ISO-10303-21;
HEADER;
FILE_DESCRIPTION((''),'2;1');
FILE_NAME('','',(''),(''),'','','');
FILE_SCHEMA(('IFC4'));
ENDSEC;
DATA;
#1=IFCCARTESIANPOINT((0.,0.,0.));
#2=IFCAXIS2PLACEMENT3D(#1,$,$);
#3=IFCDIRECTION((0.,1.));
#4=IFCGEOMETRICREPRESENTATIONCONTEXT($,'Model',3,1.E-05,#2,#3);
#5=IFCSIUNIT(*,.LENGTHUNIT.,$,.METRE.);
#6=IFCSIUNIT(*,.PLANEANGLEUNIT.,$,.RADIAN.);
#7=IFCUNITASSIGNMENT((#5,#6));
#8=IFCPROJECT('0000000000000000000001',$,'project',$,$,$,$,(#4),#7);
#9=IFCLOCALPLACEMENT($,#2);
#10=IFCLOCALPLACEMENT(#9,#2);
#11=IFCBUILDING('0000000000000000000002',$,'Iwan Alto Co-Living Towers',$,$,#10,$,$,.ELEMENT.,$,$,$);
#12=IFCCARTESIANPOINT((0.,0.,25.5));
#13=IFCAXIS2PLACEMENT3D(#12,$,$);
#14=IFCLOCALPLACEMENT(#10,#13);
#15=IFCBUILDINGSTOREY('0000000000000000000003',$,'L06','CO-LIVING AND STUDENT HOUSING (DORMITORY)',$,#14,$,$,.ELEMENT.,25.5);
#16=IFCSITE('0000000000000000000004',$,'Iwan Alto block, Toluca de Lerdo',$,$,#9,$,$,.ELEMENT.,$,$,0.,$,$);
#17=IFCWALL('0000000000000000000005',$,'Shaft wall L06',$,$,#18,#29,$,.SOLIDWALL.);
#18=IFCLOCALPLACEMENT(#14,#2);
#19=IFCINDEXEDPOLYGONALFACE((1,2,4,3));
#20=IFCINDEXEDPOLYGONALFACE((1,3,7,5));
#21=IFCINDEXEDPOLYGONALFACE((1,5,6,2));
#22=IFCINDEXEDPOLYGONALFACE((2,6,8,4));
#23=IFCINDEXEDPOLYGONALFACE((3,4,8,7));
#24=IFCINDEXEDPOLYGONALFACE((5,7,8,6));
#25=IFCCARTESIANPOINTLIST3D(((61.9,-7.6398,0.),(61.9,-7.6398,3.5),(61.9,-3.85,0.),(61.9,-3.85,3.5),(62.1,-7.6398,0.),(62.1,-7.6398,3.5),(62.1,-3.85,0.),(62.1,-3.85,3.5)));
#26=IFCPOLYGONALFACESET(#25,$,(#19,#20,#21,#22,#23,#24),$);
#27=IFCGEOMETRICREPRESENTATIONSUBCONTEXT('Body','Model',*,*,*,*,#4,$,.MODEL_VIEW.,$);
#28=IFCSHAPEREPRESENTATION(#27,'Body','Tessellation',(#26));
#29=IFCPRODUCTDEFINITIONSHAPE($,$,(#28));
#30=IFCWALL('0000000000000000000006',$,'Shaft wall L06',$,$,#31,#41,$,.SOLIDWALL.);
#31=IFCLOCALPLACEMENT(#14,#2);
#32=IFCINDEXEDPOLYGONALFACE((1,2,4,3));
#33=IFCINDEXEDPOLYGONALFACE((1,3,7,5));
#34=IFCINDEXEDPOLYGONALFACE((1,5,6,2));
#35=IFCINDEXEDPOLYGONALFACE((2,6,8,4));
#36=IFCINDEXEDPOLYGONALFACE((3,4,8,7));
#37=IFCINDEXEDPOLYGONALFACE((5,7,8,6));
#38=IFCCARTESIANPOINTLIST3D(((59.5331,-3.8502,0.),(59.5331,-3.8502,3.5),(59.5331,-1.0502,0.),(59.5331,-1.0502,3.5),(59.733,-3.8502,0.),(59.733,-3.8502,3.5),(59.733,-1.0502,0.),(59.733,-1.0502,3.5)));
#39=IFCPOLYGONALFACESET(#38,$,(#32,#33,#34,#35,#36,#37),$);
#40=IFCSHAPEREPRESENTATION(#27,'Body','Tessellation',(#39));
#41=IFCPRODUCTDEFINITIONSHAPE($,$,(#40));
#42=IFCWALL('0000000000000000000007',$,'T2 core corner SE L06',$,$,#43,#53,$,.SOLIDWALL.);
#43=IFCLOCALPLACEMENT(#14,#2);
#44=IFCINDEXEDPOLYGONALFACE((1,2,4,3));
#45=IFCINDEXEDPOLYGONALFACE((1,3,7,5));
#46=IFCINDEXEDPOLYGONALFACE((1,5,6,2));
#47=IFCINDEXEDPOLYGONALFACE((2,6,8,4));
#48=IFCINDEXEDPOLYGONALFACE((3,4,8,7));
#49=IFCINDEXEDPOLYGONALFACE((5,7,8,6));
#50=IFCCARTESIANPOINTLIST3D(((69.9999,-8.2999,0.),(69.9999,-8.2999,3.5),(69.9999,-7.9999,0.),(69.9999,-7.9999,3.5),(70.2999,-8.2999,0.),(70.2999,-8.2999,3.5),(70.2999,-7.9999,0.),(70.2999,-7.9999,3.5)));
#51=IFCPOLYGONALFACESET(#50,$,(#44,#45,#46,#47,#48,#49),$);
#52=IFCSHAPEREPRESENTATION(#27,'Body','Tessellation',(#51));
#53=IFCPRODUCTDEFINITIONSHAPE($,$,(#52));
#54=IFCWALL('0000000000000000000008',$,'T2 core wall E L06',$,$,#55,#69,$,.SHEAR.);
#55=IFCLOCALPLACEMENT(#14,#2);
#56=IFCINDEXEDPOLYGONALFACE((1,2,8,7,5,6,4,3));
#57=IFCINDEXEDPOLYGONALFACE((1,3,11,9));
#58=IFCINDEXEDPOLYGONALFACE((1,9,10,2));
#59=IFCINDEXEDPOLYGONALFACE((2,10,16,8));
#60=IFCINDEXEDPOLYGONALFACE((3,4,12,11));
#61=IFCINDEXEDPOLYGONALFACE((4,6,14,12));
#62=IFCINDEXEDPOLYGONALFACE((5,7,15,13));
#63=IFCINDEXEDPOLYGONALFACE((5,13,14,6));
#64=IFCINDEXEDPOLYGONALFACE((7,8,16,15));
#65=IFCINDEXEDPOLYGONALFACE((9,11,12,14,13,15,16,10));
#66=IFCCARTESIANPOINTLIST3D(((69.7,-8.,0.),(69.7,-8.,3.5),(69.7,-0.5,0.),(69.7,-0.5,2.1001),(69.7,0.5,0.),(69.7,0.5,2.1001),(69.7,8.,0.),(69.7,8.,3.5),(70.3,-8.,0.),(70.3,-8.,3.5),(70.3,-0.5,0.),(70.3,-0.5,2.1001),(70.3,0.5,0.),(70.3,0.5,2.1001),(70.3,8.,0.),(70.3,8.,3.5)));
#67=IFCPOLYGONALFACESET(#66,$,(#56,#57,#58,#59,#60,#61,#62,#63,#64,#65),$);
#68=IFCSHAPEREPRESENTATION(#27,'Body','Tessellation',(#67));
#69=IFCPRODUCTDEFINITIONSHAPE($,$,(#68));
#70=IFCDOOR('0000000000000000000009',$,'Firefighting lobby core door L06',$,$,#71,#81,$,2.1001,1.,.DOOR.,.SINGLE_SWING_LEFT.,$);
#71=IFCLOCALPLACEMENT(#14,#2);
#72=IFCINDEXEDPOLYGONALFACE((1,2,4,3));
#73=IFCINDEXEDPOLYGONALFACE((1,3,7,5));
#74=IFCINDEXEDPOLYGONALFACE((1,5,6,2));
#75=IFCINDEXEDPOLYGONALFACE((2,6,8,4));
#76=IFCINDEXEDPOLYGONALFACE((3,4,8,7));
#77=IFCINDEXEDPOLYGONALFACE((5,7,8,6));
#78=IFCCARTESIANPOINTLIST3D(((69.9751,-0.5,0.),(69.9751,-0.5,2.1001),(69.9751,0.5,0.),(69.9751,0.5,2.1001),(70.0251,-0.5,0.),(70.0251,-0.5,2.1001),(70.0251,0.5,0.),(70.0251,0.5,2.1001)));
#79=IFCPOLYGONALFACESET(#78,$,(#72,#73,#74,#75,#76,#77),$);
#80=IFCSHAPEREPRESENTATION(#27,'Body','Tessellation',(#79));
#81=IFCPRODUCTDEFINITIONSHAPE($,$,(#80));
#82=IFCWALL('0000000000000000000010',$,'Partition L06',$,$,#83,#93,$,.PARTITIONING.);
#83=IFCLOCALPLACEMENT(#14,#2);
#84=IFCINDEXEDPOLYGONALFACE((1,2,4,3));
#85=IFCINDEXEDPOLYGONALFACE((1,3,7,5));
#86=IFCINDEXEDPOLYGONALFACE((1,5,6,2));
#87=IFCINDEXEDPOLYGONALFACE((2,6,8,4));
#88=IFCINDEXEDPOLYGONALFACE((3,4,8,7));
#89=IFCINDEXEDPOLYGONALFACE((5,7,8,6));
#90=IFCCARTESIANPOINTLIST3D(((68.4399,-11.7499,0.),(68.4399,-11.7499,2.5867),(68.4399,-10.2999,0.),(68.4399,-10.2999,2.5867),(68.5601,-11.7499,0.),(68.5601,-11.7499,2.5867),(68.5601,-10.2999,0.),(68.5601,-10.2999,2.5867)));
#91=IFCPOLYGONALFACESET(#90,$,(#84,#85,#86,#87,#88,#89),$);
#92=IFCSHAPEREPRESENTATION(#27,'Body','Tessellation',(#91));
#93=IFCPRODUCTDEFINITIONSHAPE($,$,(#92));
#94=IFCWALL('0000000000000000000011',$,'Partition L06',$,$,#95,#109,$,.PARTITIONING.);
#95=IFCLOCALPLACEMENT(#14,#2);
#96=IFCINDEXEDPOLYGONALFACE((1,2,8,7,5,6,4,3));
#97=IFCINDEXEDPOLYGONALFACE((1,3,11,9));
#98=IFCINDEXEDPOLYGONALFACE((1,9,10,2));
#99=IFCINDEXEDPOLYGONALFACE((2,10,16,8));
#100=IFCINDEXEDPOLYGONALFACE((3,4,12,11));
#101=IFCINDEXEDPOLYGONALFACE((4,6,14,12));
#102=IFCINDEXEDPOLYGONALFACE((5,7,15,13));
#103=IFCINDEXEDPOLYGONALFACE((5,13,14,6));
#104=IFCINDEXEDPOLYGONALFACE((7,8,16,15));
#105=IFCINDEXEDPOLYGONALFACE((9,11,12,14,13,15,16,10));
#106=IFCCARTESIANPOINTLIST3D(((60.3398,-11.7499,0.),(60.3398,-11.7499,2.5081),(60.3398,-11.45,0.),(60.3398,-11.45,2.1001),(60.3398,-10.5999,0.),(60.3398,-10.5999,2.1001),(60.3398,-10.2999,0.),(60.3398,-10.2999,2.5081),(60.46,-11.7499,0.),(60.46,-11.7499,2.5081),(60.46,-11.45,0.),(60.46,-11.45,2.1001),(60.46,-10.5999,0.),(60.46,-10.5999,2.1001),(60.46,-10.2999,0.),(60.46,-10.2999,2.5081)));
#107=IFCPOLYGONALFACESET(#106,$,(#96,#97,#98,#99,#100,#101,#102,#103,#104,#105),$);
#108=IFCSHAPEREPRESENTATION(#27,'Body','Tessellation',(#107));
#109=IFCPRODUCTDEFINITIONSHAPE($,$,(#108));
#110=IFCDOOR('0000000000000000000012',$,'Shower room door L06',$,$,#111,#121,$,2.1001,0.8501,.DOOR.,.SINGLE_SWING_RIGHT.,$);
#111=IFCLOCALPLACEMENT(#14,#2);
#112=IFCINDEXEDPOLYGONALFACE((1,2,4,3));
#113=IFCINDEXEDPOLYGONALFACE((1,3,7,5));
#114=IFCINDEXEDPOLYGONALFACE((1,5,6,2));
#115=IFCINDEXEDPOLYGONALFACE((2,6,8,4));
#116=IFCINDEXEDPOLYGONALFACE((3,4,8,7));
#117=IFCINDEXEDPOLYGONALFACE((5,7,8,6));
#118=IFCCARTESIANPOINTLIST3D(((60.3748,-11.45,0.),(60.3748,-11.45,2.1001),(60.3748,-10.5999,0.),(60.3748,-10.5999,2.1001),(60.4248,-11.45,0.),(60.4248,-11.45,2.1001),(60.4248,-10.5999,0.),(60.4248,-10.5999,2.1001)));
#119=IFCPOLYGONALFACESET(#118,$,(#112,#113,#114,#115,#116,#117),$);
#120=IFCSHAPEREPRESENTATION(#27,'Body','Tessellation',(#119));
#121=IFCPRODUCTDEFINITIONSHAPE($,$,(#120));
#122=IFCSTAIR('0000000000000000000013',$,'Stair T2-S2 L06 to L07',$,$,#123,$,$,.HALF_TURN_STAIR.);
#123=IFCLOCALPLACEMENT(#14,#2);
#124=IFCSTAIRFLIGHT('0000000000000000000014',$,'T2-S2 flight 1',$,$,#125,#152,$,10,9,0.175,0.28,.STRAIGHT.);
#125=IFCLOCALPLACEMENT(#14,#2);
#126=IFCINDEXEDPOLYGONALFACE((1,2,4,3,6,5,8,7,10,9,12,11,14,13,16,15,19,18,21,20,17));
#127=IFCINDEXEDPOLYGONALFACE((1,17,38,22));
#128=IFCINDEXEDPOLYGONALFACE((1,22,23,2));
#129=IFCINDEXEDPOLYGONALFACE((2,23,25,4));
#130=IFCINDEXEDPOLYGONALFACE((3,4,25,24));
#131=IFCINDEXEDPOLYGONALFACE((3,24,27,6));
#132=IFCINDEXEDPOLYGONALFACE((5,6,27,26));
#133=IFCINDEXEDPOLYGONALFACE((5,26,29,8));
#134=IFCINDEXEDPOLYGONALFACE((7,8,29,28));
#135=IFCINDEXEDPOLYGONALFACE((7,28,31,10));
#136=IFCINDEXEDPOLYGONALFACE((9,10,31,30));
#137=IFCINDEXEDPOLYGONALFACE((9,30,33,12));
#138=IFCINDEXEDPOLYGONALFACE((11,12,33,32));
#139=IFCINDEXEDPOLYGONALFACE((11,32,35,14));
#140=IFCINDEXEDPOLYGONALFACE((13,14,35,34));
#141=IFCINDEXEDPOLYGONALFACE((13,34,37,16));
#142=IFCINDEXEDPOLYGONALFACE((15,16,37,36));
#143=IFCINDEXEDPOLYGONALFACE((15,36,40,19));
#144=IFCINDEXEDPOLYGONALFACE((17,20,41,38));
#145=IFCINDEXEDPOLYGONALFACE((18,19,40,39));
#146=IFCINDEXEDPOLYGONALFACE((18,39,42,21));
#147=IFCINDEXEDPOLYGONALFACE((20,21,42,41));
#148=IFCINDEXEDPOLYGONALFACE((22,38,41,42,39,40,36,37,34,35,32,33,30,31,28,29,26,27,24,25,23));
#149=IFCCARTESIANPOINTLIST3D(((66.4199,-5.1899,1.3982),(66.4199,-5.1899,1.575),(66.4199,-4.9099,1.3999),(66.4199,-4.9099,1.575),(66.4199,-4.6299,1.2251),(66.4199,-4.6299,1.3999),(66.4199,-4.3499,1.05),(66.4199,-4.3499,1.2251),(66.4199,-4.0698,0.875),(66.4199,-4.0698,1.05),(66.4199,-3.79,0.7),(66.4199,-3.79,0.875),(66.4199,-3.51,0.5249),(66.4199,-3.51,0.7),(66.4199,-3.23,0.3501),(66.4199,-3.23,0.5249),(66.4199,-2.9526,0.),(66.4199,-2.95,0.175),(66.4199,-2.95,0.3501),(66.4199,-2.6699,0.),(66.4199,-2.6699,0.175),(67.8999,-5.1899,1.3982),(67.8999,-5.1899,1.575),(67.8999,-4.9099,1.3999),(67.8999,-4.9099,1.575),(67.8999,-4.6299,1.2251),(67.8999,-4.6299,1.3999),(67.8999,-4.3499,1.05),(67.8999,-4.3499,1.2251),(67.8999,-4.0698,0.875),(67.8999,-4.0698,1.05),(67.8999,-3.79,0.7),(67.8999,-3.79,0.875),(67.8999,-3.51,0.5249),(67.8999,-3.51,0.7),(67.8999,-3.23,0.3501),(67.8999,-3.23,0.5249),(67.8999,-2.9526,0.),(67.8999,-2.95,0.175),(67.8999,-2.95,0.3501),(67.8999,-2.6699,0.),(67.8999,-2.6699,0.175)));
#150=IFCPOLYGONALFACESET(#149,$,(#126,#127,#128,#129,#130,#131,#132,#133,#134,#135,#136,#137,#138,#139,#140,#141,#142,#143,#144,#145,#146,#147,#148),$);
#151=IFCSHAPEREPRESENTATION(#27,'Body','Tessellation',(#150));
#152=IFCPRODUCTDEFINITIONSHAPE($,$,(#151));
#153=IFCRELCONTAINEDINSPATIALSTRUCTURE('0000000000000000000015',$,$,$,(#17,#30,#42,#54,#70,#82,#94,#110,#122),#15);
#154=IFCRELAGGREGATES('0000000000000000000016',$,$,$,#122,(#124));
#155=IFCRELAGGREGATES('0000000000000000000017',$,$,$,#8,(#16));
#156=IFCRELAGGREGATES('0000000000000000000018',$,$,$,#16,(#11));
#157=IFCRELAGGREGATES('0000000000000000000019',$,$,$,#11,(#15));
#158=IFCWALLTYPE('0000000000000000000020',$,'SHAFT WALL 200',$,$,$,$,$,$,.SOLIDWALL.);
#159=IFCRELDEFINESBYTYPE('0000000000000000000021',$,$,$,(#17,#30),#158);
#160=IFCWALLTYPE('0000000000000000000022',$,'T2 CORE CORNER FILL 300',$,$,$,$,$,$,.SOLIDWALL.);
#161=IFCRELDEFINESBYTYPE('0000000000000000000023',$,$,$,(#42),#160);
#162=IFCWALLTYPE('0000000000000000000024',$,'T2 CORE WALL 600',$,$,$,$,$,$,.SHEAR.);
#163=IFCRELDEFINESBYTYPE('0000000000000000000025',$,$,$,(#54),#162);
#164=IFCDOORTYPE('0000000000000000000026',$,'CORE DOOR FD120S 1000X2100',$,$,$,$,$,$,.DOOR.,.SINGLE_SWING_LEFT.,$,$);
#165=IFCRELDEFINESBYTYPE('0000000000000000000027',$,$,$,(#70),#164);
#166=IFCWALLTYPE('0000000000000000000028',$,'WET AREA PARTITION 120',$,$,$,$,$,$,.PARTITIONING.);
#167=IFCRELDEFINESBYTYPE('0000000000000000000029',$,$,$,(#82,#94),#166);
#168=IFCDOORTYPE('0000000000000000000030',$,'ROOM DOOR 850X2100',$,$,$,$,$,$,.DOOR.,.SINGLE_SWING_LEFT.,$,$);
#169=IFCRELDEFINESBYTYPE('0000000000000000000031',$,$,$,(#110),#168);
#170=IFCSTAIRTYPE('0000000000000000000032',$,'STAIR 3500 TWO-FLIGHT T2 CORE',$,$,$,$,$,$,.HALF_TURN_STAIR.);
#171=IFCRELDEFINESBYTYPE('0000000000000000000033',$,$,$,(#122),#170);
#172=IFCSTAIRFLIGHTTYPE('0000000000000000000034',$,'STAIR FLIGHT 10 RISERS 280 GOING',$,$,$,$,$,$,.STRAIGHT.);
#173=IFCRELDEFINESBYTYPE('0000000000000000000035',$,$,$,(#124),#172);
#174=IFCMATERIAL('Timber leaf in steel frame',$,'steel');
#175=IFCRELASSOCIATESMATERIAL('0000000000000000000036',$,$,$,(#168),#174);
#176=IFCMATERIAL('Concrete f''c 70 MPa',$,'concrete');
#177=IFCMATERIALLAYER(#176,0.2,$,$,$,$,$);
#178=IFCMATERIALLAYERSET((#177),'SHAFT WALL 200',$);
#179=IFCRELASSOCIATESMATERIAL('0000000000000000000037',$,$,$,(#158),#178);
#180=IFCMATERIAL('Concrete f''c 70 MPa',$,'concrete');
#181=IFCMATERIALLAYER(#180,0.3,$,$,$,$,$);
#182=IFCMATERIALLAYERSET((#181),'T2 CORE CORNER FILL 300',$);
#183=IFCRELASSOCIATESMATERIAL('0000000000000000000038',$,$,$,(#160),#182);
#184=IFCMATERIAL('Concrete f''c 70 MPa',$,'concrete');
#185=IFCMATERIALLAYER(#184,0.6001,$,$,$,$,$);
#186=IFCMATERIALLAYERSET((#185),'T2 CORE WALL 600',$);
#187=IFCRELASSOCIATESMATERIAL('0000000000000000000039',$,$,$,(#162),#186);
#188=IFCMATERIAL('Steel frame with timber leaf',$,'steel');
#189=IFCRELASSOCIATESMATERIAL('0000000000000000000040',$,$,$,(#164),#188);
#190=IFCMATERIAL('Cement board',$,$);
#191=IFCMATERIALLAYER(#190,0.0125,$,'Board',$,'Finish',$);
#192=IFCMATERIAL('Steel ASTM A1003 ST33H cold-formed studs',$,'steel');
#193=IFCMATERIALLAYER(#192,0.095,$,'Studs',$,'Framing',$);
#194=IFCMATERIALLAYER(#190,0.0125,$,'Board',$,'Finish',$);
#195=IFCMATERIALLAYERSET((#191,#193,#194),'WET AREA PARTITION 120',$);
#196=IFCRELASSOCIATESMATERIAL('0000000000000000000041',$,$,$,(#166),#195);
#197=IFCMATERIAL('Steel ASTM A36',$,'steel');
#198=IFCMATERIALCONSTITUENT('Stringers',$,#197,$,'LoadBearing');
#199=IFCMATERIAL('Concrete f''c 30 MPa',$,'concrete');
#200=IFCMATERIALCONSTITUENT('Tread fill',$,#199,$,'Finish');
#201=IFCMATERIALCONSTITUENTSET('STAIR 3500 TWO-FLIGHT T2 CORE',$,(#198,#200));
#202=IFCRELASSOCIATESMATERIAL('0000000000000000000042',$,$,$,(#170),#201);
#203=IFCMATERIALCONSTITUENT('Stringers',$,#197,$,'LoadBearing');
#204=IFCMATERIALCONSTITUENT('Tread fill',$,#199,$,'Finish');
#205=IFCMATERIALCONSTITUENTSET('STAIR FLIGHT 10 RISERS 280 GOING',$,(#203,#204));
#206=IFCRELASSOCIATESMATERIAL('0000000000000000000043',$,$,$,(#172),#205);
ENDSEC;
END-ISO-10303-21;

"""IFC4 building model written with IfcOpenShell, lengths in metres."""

from ifc_helpers import new_model, si_unit, direction, frame, frame_2d, origin, place, context, subcontext, project, spatial, polyline, rectangle, outline, extrude, material, layer, layer_set, constituent, constituent_set, type_object, element, fill, aggregate, save


model = new_model("IFC4")

# Units and contexts
model_context = context("Model", 3, precision=1e-05, world=origin(), true_north=direction((0.0, 1.0)))
body_context = subcontext(model_context, "Body", "Model", "MODEL_VIEW")
ifc_project = project(units=[si_unit("LENGTHUNIT", "METRE"), si_unit("PLANEANGLEUNIT", "RADIAN")], contexts=[model_context])

# Site, building, storey
site_placement = place(None, origin())
site = spatial("IfcSite", under=ifc_project, at=site_placement, Name="Iwan Alto block, Toluca de Lerdo", CompositionType="ELEMENT", RefElevation=0.0)
building_placement = place(site_placement, origin())
building = spatial("IfcBuilding", under=site, at=building_placement, Name="Iwan Alto Co-Living Towers", CompositionType="ELEMENT")
storey_placement = place(building_placement, frame((0.0, 0.0, 25.5)))
storey = spatial("IfcBuildingStorey", under=building, at=storey_placement, Name="L06", Description="CO-LIVING AND STUDENT HOUSING (DORMITORY)", CompositionType="ELEMENT", Elevation=25.5)

# Shared definitions
ifc_material_1 = material(Name="Steel ASTM A1003 ST33H cold-formed studs", Category="steel")

# Shared definitions
ifc_material_2 = material(Name="Timber leaf in steel frame", Category="steel")
door_type_1 = type_object("IfcDoorType", Name="ROOM DOOR 850X2100", OperationType="SINGLE_SWING_LEFT", PredefinedType="DOOR", material=ifc_material_2)

# Shared definitions
ifc_material_3 = material(Name="Concrete f'c 70 MPa", Category="concrete")
ifc_layer_1 = layer(ifc_material_3, 0.2)
ifc_layer_set_1 = layer_set([ifc_layer_1], Name="SHAFT WALL 200")
wall_type_1 = type_object("IfcWallType", Name="SHAFT WALL 200", PredefinedType="SOLIDWALL", material=ifc_layer_set_1)

# Walls
wall_1_placement = place(storey_placement, frame((62.0, -7.6399, 0.0), z_axis=(0.0, 0.0, 1.0), x_axis=(0.0, 1.0, 0.0)))
element("IfcWall", 1, at=wall_1_placement, inside=storey, type_object=wall_type_1, Name="Shaft wall L06", PredefinedType="SOLIDWALL", context=body_context, shape_type="SweptSolid", body=[
    extrude(rectangle(XDim=3.7898, YDim=0.2, at=frame_2d((1.895, 0.0))), origin(), (0.0, 0.0, 1.0), 3.5),
])
wall_2_placement = place(storey_placement, frame((59.6331, -3.8501, 0.0), z_axis=(0.0, 0.0, 1.0), x_axis=(0.0, 1.0, 0.0)))
element("IfcWall", 2, at=wall_2_placement, inside=storey, type_object=wall_type_1, Name="Shaft wall L06", PredefinedType="SOLIDWALL", context=body_context, shape_type="SweptSolid", body=[
    extrude(rectangle(XDim=2.8, YDim=0.2, at=frame_2d((1.3999, 0.0))), origin(), (0.0, 0.0, 1.0), 3.5),
])
ifc_material_4 = material(Name="Concrete f'c 70 MPa", Category="concrete")
ifc_layer_2 = layer(ifc_material_4, 0.3)
ifc_layer_set_2 = layer_set([ifc_layer_2], Name="T2 CORE CORNER FILL 300")
wall_type_2 = type_object("IfcWallType", Name="T2 CORE CORNER FILL 300", PredefinedType="SOLIDWALL", material=ifc_layer_set_2)
wall_3_placement = place(storey_placement, frame((70.0, -8.1499, 0.0), z_axis=(0.0, 0.0, 1.0), x_axis=(1.0, 0.0, 0.0)))
element("IfcWall", 3, at=wall_3_placement, inside=storey, type_object=wall_type_2, Name="T2 core corner SE L06", PredefinedType="SOLIDWALL", context=body_context, shape_type="SweptSolid", body=[
    extrude(rectangle(XDim=0.3, YDim=0.3, at=frame_2d((0.1499, 0.0))), origin(), (0.0, 0.0, 1.0), 3.5),
])

# Wall, opening, door
ifc_material_5 = material(Name="Concrete f'c 70 MPa", Category="concrete")
ifc_layer_3 = layer(ifc_material_5, 0.6001)
ifc_layer_set_3 = layer_set([ifc_layer_3], Name="T2 CORE WALL 600")
wall_type_3 = type_object("IfcWallType", Name="T2 CORE WALL 600", PredefinedType="SHEAR", material=ifc_layer_set_3)
wall_4_placement = place(storey_placement, frame((70.0, -8.0, 0.0), z_axis=(0.0, 0.0, 1.0), x_axis=(0.0, 1.0, 0.0)))
wall_4 = element("IfcWall", 4, at=wall_4_placement, inside=storey, type_object=wall_type_3, Name="T2 core wall E L06", PredefinedType="SHEAR", context=body_context, shape_type="SweptSolid", body=[
    extrude(rectangle(XDim=16.0, YDim=0.6001, at=frame_2d((8.0, 0.0))), origin(), (0.0, 0.0, 1.0), 3.5),
])
opening_1_placement = place(wall_4_placement, frame((7.5, 0.0, 0.0)))
opening_1 = element("IfcOpeningElement", 5, at=opening_1_placement, cuts=wall_4, PredefinedType="OPENING", context=body_context, shape_type="SweptSolid", body=[
    extrude(rectangle(XDim=1.0, YDim=2.1001, at=frame_2d((0.5, 1.05))), frame((0.0, 0.3101, 0.0), z_axis=(0.0, -1.0, 0.0), x_axis=(1.0, 0.0, 0.0)), (0.0, 0.0, 1.0), 0.6201),
])
ifc_material_6 = material(Name="Steel frame with timber leaf", Category="steel")
door_type_2 = type_object("IfcDoorType", Name="CORE DOOR FD120S 1000X2100", OperationType="SINGLE_SWING_LEFT", PredefinedType="DOOR", material=ifc_material_6)
door_1_placement = place(opening_1_placement, origin())
door_1 = element("IfcDoor", 6, at=door_1_placement, inside=storey, type_object=door_type_2, Name="Firefighting lobby core door L06", OperationType="SINGLE_SWING_LEFT", OverallHeight=2.1001, OverallWidth=1.0, PredefinedType="DOOR", context=body_context, shape_type="SweptSolid", body=[
    extrude(rectangle(XDim=1.0, YDim=2.1001, at=frame_2d((0.5, 1.05))), frame((0.0, 0.0249, 0.0), z_axis=(0.0, -1.0, 0.0), x_axis=(1.0, 0.0, 0.0)), (0.0, 0.0, 1.0), 0.05),
])
fill(opening_1, door_1)

# Wall
ifc_material_7 = material(Name="Cement board")
ifc_layer_4 = layer(ifc_material_7, 0.0125, Name="Board", Category="Finish")
ifc_layer_5 = layer(ifc_material_1, 0.095, Name="Studs", Category="Framing")
ifc_layer_6 = layer(ifc_material_7, 0.0125, Name="Board", Category="Finish")
ifc_layer_set_4 = layer_set([ifc_layer_4, ifc_layer_5, ifc_layer_6], Name="WET AREA PARTITION 120")
wall_type_4 = type_object("IfcWallType", Name="WET AREA PARTITION 120", PredefinedType="PARTITIONING", material=ifc_layer_set_4)
wall_5_placement = place(storey_placement, frame((68.5, -11.75, 0.0), z_axis=(0.0, 0.0, 1.0), x_axis=(0.0, 1.0, 0.0)))
element("IfcWall", 7, at=wall_5_placement, inside=storey, type_object=wall_type_4, Name="Partition L06", PredefinedType="PARTITIONING", context=body_context, shape_type="SweptSolid", body=[
    extrude(rectangle(XDim=1.45, YDim=0.1201, at=frame_2d((0.7251, 0.0))), origin(), (0.0, 0.0, 1.0), 2.5867),
])

# Wall, opening, door
wall_6_placement = place(storey_placement, frame((60.3999, -11.75, 0.0), z_axis=(0.0, 0.0, 1.0), x_axis=(0.0, 1.0, 0.0)))
wall_6 = element("IfcWall", 8, at=wall_6_placement, inside=storey, type_object=wall_type_4, Name="Partition L06", PredefinedType="PARTITIONING", context=body_context, shape_type="SweptSolid", body=[
    extrude(rectangle(XDim=1.45, YDim=0.1201, at=frame_2d((0.7251, 0.0))), origin(), (0.0, 0.0, 1.0), 2.5081),
])
opening_2_placement = place(wall_6_placement, frame((0.3, 0.0, 0.0)))
opening_2 = element("IfcOpeningElement", 9, at=opening_2_placement, cuts=wall_6, PredefinedType="OPENING", context=body_context, shape_type="SweptSolid", body=[
    extrude(rectangle(XDim=0.8501, YDim=2.1001, at=frame_2d((0.425, 1.05))), frame((0.0, 0.0701, 0.0), z_axis=(0.0, -1.0, 0.0), x_axis=(1.0, 0.0, 0.0)), (0.0, 0.0, 1.0), 0.1401),
])
door_2_placement = place(opening_2_placement, frame((0.8501, 0.0, 0.0), z_axis=(0.0, 0.0, 1.0), x_axis=(-1.0, 0.0, 0.0)))
door_2 = element("IfcDoor", 10, at=door_2_placement, inside=storey, type_object=door_type_1, Name="Shower room door L06", OperationType="SINGLE_SWING_RIGHT", OverallHeight=2.1001, OverallWidth=0.8501, PredefinedType="DOOR", context=body_context, shape_type="SweptSolid", body=[
    extrude(rectangle(XDim=0.8501, YDim=2.1001, at=frame_2d((0.425, 1.05))), frame((0.0, 0.0249, 0.0), z_axis=(0.0, -1.0, 0.0), x_axis=(1.0, 0.0, 0.0)), (0.0, 0.0, 1.0), 0.05),
])
fill(opening_2, door_2)

# Stair, stair flight
ifc_material_8 = material(Name="Steel ASTM A36", Category="steel")
ifc_constituent_1 = constituent(ifc_material_8, Name="Stringers", Category="LoadBearing")
ifc_material_9 = material(Name="Concrete f'c 30 MPa", Category="concrete")
ifc_constituent_2 = constituent(ifc_material_9, Name="Tread fill", Category="Finish")
ifc_constituent_set_1 = constituent_set(constituents=[ifc_constituent_1, ifc_constituent_2], Name="STAIR 3500 TWO-FLIGHT T2 CORE")
stair_type = type_object("IfcStairType", Name="STAIR 3500 TWO-FLIGHT T2 CORE", PredefinedType="HALF_TURN_STAIR", material=ifc_constituent_set_1)
stair_placement = place(storey_placement, origin())
stair = element("IfcStair", 11, at=stair_placement, inside=storey, type_object=stair_type, Name="Stair T2-S2 L06 to L07", PredefinedType="HALF_TURN_STAIR")
ifc_constituent_3 = constituent(ifc_material_8, Name="Stringers", Category="LoadBearing")
ifc_constituent_4 = constituent(ifc_material_9, Name="Tread fill", Category="Finish")
ifc_constituent_set_2 = constituent_set(constituents=[ifc_constituent_3, ifc_constituent_4], Name="STAIR FLIGHT 10 RISERS 280 GOING")
stair_flight_type = type_object("IfcStairFlightType", Name="STAIR FLIGHT 10 RISERS 280 GOING", PredefinedType="STRAIGHT", material=ifc_constituent_set_2)
stair_flight_1_placement = place(storey_placement, frame((67.1599, -2.6699, 0.0), z_axis=(0.0, 0.0, 1.0), x_axis=(0.0, -1.0, 0.0)))
stair_flight_1 = element("IfcStairFlight", 12, at=stair_flight_1_placement, type_object=stair_flight_type, Name="T2-S2 flight 1", NumberOfRisers=10, NumberOfTreads=9, PredefinedType="STRAIGHT", RiserHeight=0.175, TreadLength=0.28, context=body_context, shape_type="SweptSolid", body=[
    extrude(outline(polyline([(0.0, 0.0), (0.0, 0.175), (0.28, 0.175), (0.28, 0.3501), (0.5601, 0.3501), (0.5601, 0.5249), (0.8401, 0.5249), (0.8401, 0.7), (1.1201, 0.7), (1.1201, 0.875), (1.3999, 0.875), (1.3999, 1.05), (1.6799, 1.05), (1.6799, 1.2251), (1.96, 1.2251), (1.96, 1.3999), (2.24, 1.3999), (2.24, 1.575), (2.52, 1.575), (2.52, 1.75), (2.52, 1.3982), (0.2827, 0.0), (0.0, 0.0)])), frame((0.0, 0.74, 0.0), z_axis=(0.0, -1.0, 0.0), x_axis=(1.0, 0.0, 0.0)), (0.0, 0.0, 1.0), 1.48),
])
aggregate(stair, [stair_flight_1])

save(model, "model.ifc")
